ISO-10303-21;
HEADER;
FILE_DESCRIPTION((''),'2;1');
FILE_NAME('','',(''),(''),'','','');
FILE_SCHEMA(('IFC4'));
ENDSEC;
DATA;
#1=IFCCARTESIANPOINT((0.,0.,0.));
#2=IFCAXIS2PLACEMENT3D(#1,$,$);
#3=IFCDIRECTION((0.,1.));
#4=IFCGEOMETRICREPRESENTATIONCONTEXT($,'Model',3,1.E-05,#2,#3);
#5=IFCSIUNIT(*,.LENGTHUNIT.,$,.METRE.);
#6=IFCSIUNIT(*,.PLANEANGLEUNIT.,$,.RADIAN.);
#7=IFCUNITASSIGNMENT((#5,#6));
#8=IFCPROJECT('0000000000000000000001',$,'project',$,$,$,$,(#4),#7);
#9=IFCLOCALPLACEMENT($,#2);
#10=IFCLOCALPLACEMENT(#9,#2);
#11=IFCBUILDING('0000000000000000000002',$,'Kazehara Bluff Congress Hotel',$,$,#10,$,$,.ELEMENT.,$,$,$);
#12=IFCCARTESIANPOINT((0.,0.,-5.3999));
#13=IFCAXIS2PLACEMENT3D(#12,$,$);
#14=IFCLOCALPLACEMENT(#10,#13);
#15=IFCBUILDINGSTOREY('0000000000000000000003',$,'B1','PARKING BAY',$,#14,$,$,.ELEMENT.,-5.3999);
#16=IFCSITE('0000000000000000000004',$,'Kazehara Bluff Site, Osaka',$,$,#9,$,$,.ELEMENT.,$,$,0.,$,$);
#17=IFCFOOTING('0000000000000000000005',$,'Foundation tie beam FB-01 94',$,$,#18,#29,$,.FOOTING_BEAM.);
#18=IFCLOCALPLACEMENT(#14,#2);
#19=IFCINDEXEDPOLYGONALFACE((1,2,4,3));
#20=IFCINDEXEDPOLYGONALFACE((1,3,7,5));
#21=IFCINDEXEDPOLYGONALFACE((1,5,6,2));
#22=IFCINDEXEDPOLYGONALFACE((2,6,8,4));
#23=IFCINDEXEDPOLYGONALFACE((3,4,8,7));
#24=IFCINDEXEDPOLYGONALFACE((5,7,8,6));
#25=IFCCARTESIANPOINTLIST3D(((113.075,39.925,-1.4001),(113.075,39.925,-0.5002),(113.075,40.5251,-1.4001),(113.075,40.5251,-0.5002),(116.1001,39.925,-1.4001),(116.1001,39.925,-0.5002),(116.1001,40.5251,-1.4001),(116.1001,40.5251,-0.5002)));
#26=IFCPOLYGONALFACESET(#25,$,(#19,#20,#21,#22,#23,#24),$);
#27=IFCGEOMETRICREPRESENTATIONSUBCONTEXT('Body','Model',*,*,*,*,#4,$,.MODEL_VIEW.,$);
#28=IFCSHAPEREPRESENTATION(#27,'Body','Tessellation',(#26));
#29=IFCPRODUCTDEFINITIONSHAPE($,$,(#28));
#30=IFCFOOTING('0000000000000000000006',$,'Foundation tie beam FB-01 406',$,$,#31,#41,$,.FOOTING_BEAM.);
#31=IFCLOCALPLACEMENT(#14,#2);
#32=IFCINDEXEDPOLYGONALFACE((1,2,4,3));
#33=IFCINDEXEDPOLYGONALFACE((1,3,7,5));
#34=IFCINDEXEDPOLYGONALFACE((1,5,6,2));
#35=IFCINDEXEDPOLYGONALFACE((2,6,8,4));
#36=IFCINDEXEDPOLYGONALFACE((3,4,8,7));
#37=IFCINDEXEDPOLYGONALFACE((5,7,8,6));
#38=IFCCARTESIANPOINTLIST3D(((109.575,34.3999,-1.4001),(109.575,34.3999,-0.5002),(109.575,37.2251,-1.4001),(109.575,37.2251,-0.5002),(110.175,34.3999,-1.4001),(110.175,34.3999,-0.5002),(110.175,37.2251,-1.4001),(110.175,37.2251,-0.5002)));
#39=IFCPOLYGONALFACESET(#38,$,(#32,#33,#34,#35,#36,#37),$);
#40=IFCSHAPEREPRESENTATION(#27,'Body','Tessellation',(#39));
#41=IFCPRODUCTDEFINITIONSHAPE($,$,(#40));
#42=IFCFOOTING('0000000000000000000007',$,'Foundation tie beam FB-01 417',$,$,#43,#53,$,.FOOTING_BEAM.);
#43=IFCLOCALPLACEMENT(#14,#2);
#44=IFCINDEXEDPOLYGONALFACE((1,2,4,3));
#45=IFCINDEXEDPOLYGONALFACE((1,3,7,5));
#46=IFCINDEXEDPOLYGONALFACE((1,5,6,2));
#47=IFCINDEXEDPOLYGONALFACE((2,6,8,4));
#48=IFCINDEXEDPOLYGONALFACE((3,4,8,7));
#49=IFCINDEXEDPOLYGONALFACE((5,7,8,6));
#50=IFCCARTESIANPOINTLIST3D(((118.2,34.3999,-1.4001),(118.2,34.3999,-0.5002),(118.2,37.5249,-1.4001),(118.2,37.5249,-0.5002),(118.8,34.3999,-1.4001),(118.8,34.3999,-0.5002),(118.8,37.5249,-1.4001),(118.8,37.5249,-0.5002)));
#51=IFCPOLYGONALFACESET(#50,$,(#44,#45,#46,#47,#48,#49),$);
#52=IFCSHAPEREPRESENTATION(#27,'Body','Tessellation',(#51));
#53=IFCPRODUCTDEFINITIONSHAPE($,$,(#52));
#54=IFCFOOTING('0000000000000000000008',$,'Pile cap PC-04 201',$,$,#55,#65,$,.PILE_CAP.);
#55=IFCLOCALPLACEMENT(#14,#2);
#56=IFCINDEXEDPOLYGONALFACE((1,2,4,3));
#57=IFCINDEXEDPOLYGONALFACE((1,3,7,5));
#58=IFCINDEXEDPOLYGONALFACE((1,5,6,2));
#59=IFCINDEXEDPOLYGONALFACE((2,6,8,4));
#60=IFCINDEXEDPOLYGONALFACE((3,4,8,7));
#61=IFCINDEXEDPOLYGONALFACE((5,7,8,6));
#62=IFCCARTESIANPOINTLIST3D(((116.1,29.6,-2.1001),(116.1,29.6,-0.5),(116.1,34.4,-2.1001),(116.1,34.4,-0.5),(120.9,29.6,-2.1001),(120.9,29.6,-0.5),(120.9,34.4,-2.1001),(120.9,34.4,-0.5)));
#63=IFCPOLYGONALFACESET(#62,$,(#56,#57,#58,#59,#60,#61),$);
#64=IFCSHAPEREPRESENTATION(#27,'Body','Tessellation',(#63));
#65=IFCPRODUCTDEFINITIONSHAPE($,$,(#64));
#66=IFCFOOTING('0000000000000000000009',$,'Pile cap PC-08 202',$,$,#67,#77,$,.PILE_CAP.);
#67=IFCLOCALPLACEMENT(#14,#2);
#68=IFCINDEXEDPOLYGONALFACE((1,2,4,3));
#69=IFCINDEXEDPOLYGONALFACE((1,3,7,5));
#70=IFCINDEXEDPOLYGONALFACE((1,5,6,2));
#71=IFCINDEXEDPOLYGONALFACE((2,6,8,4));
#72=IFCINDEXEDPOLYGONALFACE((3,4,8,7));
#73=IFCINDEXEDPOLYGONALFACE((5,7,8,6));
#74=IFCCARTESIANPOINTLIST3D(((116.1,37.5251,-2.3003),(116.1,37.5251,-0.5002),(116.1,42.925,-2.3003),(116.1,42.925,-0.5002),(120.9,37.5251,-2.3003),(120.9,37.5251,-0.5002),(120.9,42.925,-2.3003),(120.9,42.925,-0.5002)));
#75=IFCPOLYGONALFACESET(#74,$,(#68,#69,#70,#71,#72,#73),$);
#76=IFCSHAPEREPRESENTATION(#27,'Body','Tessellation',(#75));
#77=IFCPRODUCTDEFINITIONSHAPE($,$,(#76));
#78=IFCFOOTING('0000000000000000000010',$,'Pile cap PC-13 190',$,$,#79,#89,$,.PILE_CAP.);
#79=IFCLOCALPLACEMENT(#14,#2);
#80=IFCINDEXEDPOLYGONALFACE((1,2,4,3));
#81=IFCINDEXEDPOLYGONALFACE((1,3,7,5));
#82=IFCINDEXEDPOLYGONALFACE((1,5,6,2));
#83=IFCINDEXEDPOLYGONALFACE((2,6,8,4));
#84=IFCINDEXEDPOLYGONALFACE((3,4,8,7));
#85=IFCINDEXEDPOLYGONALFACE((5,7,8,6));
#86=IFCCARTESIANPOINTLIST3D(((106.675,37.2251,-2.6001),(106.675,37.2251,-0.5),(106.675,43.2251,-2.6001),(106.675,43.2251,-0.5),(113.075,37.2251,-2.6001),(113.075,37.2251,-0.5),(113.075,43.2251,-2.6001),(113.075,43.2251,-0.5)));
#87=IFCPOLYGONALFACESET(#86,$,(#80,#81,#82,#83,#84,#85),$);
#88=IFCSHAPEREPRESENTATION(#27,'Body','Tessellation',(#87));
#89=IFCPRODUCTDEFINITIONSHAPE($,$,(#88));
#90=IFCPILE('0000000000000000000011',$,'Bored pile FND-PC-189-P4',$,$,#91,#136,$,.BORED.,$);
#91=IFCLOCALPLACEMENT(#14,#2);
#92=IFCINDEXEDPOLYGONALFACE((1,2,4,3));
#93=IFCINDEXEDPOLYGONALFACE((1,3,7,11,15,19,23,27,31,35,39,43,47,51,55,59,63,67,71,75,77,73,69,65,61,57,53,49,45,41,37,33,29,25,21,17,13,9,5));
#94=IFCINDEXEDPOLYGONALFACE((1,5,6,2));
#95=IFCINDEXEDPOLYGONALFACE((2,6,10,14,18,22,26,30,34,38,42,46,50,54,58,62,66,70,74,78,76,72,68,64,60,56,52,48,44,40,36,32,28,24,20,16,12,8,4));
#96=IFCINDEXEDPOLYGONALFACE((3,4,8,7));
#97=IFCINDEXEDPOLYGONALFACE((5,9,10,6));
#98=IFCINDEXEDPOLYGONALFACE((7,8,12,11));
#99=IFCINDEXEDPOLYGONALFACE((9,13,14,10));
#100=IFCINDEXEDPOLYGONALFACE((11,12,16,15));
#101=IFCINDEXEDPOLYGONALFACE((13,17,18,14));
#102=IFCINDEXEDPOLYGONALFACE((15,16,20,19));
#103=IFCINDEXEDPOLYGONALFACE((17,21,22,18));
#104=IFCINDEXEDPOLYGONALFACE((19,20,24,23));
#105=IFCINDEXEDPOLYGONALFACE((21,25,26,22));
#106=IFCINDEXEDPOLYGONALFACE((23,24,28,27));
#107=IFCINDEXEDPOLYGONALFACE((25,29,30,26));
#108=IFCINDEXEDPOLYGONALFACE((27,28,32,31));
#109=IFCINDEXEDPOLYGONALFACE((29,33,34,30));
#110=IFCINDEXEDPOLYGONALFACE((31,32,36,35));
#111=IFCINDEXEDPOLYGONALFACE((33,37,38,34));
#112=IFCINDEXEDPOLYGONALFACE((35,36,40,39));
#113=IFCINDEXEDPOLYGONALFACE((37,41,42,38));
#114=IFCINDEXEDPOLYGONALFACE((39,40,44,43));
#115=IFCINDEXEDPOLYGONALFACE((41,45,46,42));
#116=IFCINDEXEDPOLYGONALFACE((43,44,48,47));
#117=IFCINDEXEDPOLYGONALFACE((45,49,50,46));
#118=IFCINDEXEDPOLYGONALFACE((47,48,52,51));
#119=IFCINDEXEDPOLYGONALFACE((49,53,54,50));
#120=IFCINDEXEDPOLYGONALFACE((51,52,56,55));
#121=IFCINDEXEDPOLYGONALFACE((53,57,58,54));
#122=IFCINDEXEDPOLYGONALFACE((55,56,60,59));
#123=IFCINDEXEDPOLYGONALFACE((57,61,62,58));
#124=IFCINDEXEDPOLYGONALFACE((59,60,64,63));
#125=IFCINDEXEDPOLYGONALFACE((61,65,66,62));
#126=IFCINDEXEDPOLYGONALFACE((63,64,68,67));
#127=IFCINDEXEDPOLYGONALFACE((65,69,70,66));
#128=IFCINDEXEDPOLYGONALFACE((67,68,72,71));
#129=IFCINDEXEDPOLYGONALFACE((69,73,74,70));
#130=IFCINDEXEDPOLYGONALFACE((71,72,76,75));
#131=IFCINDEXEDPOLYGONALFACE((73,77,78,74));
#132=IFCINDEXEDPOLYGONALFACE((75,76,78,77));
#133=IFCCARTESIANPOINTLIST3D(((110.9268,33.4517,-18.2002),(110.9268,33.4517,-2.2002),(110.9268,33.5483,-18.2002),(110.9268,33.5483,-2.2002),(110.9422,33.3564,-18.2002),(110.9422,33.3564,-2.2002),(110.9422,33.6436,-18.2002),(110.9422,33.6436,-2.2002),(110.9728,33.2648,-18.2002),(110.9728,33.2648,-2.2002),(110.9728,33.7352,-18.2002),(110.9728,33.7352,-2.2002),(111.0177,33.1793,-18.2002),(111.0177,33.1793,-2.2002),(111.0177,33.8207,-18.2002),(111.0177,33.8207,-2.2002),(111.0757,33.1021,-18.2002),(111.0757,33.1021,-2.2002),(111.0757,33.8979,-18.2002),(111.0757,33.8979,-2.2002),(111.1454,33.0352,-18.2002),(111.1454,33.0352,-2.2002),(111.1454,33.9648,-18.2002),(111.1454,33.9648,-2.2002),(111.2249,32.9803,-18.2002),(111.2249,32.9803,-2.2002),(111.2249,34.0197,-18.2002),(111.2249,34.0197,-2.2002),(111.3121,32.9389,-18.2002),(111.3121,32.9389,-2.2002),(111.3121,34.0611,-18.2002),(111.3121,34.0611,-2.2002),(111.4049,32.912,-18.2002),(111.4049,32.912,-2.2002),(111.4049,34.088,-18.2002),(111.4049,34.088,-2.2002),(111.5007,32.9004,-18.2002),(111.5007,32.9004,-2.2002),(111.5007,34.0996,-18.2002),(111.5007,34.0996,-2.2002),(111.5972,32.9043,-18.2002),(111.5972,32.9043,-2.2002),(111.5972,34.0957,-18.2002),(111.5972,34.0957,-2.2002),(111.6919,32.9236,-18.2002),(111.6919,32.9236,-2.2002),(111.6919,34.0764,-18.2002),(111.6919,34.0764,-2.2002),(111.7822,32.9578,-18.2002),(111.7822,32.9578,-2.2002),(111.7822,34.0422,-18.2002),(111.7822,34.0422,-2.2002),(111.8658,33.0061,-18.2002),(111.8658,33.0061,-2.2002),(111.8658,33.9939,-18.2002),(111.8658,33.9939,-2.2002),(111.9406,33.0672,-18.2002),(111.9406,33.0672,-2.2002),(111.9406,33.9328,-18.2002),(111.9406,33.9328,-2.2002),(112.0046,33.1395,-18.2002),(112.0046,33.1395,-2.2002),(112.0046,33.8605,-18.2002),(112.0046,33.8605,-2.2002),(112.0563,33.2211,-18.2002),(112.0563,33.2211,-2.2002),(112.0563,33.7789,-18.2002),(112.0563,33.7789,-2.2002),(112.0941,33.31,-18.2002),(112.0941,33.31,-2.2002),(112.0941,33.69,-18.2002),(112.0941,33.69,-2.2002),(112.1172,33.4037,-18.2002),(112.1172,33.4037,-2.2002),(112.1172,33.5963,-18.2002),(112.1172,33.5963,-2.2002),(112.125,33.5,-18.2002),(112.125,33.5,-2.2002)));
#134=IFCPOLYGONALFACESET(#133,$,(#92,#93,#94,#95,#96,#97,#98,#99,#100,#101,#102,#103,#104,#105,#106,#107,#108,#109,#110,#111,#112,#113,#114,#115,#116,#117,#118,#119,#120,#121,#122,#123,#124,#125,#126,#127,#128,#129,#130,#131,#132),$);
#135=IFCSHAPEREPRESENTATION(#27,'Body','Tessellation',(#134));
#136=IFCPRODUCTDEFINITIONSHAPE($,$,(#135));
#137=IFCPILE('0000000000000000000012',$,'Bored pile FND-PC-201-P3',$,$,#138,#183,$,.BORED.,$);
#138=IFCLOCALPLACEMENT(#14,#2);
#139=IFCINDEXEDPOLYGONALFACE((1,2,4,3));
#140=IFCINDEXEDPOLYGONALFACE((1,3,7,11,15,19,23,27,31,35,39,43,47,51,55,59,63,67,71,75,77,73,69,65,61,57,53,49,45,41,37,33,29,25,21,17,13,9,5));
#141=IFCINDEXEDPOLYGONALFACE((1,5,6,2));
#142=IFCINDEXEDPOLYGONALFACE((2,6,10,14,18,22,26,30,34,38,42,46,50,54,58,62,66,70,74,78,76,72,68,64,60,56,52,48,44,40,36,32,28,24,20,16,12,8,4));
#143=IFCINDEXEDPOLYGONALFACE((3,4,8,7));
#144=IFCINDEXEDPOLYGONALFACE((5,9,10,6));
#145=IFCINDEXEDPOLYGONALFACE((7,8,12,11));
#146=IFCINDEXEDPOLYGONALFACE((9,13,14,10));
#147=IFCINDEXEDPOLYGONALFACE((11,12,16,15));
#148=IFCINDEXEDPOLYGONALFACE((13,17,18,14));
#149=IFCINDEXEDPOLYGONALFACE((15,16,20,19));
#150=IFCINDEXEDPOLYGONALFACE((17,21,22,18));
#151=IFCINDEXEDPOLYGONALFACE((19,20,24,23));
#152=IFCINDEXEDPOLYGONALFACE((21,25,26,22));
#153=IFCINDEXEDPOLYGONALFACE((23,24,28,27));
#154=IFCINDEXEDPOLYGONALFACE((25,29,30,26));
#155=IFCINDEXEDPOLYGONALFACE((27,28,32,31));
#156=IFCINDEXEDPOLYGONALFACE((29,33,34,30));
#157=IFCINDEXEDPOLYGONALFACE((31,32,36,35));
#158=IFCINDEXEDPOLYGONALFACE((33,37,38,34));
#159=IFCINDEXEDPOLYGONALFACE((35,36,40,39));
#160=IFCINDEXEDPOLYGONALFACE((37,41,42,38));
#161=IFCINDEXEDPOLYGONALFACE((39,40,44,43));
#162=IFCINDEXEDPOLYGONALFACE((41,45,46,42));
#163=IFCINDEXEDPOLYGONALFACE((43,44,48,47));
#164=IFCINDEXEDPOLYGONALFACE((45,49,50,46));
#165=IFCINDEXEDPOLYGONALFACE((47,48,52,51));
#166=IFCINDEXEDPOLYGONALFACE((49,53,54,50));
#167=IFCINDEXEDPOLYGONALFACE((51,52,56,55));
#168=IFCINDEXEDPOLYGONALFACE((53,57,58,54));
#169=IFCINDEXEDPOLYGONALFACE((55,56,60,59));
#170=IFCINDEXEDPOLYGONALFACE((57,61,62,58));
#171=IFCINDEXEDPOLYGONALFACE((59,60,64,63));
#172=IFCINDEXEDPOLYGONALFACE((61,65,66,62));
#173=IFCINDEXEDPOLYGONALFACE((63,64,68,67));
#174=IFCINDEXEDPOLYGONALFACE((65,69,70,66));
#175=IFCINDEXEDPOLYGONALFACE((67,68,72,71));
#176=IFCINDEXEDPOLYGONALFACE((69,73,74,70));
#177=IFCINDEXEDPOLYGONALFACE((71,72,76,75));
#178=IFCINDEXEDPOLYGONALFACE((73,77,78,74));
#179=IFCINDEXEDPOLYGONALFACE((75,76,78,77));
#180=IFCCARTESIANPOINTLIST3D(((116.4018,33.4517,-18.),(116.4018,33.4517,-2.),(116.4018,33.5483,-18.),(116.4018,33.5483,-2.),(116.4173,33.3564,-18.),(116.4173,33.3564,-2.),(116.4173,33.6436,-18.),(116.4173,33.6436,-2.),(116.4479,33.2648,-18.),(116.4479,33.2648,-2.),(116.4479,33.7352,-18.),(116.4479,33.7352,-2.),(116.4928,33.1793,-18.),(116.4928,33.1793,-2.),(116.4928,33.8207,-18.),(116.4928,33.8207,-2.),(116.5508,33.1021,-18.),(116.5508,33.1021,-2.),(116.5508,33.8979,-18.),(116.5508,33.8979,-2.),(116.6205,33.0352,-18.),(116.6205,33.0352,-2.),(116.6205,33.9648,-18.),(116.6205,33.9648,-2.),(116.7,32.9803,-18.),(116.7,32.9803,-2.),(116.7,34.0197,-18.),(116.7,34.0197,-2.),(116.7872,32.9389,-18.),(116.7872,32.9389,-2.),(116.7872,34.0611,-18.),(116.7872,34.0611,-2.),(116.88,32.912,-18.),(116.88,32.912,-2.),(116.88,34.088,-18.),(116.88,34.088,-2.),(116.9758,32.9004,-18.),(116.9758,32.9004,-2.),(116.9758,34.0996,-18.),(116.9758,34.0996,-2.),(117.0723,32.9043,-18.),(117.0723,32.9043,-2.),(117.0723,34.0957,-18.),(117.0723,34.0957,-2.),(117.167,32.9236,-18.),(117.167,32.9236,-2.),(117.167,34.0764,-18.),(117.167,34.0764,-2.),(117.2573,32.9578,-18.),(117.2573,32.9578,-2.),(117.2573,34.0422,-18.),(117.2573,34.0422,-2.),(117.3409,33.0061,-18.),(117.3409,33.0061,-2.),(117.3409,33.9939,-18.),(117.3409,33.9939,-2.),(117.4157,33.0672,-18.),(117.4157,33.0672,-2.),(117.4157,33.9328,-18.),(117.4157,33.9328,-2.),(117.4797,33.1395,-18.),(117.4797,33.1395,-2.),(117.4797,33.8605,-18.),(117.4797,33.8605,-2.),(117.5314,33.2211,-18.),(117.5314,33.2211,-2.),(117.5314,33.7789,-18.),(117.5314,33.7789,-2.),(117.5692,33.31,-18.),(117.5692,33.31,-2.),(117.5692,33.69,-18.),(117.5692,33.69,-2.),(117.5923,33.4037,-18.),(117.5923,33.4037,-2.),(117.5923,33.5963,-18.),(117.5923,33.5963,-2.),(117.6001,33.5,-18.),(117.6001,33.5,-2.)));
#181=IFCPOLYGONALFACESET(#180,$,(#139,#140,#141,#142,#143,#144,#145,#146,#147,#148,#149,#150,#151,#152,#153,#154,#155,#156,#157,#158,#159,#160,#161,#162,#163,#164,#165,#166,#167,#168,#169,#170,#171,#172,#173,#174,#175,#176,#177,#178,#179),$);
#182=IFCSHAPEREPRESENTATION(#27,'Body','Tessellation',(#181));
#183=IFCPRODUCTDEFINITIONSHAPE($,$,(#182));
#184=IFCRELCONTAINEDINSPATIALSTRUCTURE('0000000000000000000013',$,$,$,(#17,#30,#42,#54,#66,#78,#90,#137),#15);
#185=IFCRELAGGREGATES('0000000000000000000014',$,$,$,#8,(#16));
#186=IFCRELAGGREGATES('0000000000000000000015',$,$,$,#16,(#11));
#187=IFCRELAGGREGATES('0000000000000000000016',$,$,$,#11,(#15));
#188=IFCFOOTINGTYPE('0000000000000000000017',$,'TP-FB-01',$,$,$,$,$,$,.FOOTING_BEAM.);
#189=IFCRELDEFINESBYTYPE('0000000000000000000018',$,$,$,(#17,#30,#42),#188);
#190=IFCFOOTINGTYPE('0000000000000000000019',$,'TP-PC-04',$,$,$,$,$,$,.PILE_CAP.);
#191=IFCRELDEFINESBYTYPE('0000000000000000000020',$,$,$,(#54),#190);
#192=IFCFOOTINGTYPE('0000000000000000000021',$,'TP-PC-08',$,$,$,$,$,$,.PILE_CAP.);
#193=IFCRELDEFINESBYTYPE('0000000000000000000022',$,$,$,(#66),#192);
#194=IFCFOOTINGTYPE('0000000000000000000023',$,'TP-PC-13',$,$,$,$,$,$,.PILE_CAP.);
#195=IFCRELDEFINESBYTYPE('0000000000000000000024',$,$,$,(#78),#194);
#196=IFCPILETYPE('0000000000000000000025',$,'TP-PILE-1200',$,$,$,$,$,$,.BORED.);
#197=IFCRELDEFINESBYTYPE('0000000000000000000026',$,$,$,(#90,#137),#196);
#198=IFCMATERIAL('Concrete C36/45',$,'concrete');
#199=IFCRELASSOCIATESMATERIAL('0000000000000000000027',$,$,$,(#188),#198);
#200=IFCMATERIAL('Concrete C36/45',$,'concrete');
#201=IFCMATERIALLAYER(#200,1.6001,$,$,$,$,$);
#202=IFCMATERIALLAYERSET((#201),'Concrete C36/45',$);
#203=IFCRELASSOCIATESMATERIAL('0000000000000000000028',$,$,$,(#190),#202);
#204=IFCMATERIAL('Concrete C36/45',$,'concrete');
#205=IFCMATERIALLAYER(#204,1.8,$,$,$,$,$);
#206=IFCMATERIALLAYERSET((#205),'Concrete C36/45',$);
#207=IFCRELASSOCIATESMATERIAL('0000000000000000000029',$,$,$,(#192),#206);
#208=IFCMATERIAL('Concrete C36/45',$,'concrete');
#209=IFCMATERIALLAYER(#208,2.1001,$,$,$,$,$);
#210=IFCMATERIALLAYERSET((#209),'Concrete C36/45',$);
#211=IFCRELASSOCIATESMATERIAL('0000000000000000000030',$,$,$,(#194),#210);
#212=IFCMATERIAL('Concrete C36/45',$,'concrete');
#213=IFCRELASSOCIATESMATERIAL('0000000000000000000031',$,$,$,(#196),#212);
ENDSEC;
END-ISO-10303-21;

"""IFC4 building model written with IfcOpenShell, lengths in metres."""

from ifc_helpers import new_model, si_unit, direction, frame, origin, origin_2d, place, context, subcontext, project, spatial, rectangle, circle, extrude, material, layer, layer_set, material_profile, profile_set, type_object, element, save


model = new_model("IFC4")

# Units and contexts
model_context = context("Model", 3, precision=1e-05, world=origin(), true_north=direction((0.0, 1.0)))
body_context = subcontext(model_context, "Body", "Model", "MODEL_VIEW")
ifc_project = project(units=[si_unit("LENGTHUNIT", "METRE"), si_unit("PLANEANGLEUNIT", "RADIAN")], contexts=[model_context])

# Site, building, storey
site_placement = place(None, origin())
site = spatial("IfcSite", under=ifc_project, at=site_placement, Name="Kazehara Bluff Site, Osaka", CompositionType="ELEMENT", RefElevation=0.0)
building_placement = place(site_placement, origin())
building = spatial("IfcBuilding", under=site, at=building_placement, Name="Kazehara Bluff Congress Hotel", CompositionType="ELEMENT")
storey_placement = place(building_placement, frame((0.0, 0.0, -5.3999)))
storey = spatial("IfcBuildingStorey", under=building, at=storey_placement, Name="B1", Description="PARKING BAY", CompositionType="ELEMENT", Elevation=-5.3999)

# Footings
ifc_material_1 = material(Name="Concrete C36/45", Category="concrete")
ifc_material_profile_1 = material_profile(ifc_material_1, rectangle(XDim=0.6001, YDim=0.8999, at=origin_2d()))
ifc_profile_set_1 = profile_set([ifc_material_profile_1], Name="Concrete C36/45")
footing_type_1 = type_object("IfcFootingType", Name="TP-FB-01", PredefinedType="FOOTING_BEAM", material=ifc_profile_set_1)
footing_1_placement = place(storey_placement, frame((113.075, 40.2251, -0.9502), z_axis=(1.0, 0.0, 0.0), x_axis=(0.0, 1.0, 0.0)))
element("IfcFooting", 1, at=footing_1_placement, inside=storey, type_object=footing_type_1, Name="Foundation tie beam FB-01 94", PredefinedType="FOOTING_BEAM", context=body_context, shape_type="SweptSolid", body=[
    extrude(rectangle(XDim=0.6001, YDim=0.8999, at=origin_2d()), origin(), (0.0, 0.0, 1.0), 3.0251),
])
footing_2_placement = place(storey_placement, frame((109.875, 34.3999, -0.9502), z_axis=(0.0, 1.0, 0.0), x_axis=(-1.0, 0.0, 0.0)))
element("IfcFooting", 2, at=footing_2_placement, inside=storey, type_object=footing_type_1, Name="Foundation tie beam FB-01 406", PredefinedType="FOOTING_BEAM", context=body_context, shape_type="SweptSolid", body=[
    extrude(rectangle(XDim=0.6001, YDim=0.8999, at=origin_2d()), origin(), (0.0, 0.0, 1.0), 2.8252),
])
footing_3_placement = place(storey_placement, frame((118.5, 34.3999, -0.9502), z_axis=(0.0, 1.0, 0.0), x_axis=(-1.0, 0.0, 0.0)))
element("IfcFooting", 3, at=footing_3_placement, inside=storey, type_object=footing_type_1, Name="Foundation tie beam FB-01 417", PredefinedType="FOOTING_BEAM", context=body_context, shape_type="SweptSolid", body=[
    extrude(rectangle(XDim=0.6001, YDim=0.8999, at=origin_2d()), origin(), (0.0, 0.0, 1.0), 3.125),
])
ifc_material_2 = material(Name="Concrete C36/45", Category="concrete")
ifc_layer_1 = layer(ifc_material_2, 1.6001)
ifc_layer_set_1 = layer_set([ifc_layer_1], Name="Concrete C36/45")
footing_type_2 = type_object("IfcFootingType", Name="TP-PC-04", PredefinedType="PILE_CAP", material=ifc_layer_set_1)
footing_4_placement = place(storey_placement, frame((118.5, 32.0, -2.1001), z_axis=(0.0, 0.0, 1.0), x_axis=(1.0, 0.0, 0.0)))
element("IfcFooting", 4, at=footing_4_placement, inside=storey, type_object=footing_type_2, Name="Pile cap PC-04 201", PredefinedType="PILE_CAP", context=body_context, shape_type="SweptSolid", body=[
    extrude(rectangle(XDim=4.8, YDim=4.8, at=origin_2d()), origin(), (0.0, 0.0, 1.0), 1.6001),
])
ifc_material_3 = material(Name="Concrete C36/45", Category="concrete")
ifc_layer_2 = layer(ifc_material_3, 1.8)
ifc_layer_set_2 = layer_set([ifc_layer_2], Name="Concrete C36/45")
footing_type_3 = type_object("IfcFootingType", Name="TP-PC-08", PredefinedType="PILE_CAP", material=ifc_layer_set_2)
footing_5_placement = place(storey_placement, frame((118.5, 40.2251, -2.3003), z_axis=(0.0, 0.0, 1.0), x_axis=(1.0, 0.0, 0.0)))
element("IfcFooting", 5, at=footing_5_placement, inside=storey, type_object=footing_type_3, Name="Pile cap PC-08 202", PredefinedType="PILE_CAP", context=body_context, shape_type="SweptSolid", body=[
    extrude(rectangle(XDim=4.8, YDim=5.3999, at=origin_2d()), origin(), (0.0, 0.0, 1.0), 1.8),
])
ifc_material_4 = material(Name="Concrete C36/45", Category="concrete")
ifc_layer_3 = layer(ifc_material_4, 2.1001)
ifc_layer_set_3 = layer_set([ifc_layer_3], Name="Concrete C36/45")
footing_type_4 = type_object("IfcFootingType", Name="TP-PC-13", PredefinedType="PILE_CAP", material=ifc_layer_set_3)
footing_6_placement = place(storey_placement, frame((109.875, 40.2251, -2.6001), z_axis=(0.0, 0.0, 1.0), x_axis=(1.0, 0.0, 0.0)))
element("IfcFooting", 6, at=footing_6_placement, inside=storey, type_object=footing_type_4, Name="Pile cap PC-13 190", PredefinedType="PILE_CAP", context=body_context, shape_type="SweptSolid", body=[
    extrude(rectangle(XDim=6.3999, YDim=6.0, at=origin_2d()), origin(), (0.0, 0.0, 1.0), 2.1001),
])

# Piles
ifc_material_5 = material(Name="Concrete C36/45", Category="concrete")
ifc_material_profile_2 = material_profile(ifc_material_5, circle(Radius=0.6001, at=origin_2d()))
ifc_profile_set_2 = profile_set([ifc_material_profile_2], Name="Concrete C36/45")
pile_type_1 = type_object("IfcPileType", Name="TP-PILE-1200", PredefinedType="BORED", material=ifc_profile_set_2)
for number, where, z_axis, x_axis, name in (
    (7, (111.5249, 33.5, -2.2002), (0.0, 0.0, -1.0), (1.0, 0.0, 0.0), "Bored pile FND-PC-189-P4"),
    (8, (117.0, 33.5, -2.0), (0.0, 0.0, -1.0), (1.0, 0.0, 0.0), "Bored pile FND-PC-201-P3"),
):
    element("IfcPile", number, at=place(storey_placement, frame(where, z_axis=z_axis, x_axis=x_axis)), inside=storey, type_object=pile_type_1, Name=name, PredefinedType="BORED", context=body_context, shape_type="SweptSolid", body=[
        extrude(circle(Radius=0.6001, at=origin_2d()), origin(), (0.0, 0.0, 1.0), 16.0),
    ])

save(model, "model.ifc")
